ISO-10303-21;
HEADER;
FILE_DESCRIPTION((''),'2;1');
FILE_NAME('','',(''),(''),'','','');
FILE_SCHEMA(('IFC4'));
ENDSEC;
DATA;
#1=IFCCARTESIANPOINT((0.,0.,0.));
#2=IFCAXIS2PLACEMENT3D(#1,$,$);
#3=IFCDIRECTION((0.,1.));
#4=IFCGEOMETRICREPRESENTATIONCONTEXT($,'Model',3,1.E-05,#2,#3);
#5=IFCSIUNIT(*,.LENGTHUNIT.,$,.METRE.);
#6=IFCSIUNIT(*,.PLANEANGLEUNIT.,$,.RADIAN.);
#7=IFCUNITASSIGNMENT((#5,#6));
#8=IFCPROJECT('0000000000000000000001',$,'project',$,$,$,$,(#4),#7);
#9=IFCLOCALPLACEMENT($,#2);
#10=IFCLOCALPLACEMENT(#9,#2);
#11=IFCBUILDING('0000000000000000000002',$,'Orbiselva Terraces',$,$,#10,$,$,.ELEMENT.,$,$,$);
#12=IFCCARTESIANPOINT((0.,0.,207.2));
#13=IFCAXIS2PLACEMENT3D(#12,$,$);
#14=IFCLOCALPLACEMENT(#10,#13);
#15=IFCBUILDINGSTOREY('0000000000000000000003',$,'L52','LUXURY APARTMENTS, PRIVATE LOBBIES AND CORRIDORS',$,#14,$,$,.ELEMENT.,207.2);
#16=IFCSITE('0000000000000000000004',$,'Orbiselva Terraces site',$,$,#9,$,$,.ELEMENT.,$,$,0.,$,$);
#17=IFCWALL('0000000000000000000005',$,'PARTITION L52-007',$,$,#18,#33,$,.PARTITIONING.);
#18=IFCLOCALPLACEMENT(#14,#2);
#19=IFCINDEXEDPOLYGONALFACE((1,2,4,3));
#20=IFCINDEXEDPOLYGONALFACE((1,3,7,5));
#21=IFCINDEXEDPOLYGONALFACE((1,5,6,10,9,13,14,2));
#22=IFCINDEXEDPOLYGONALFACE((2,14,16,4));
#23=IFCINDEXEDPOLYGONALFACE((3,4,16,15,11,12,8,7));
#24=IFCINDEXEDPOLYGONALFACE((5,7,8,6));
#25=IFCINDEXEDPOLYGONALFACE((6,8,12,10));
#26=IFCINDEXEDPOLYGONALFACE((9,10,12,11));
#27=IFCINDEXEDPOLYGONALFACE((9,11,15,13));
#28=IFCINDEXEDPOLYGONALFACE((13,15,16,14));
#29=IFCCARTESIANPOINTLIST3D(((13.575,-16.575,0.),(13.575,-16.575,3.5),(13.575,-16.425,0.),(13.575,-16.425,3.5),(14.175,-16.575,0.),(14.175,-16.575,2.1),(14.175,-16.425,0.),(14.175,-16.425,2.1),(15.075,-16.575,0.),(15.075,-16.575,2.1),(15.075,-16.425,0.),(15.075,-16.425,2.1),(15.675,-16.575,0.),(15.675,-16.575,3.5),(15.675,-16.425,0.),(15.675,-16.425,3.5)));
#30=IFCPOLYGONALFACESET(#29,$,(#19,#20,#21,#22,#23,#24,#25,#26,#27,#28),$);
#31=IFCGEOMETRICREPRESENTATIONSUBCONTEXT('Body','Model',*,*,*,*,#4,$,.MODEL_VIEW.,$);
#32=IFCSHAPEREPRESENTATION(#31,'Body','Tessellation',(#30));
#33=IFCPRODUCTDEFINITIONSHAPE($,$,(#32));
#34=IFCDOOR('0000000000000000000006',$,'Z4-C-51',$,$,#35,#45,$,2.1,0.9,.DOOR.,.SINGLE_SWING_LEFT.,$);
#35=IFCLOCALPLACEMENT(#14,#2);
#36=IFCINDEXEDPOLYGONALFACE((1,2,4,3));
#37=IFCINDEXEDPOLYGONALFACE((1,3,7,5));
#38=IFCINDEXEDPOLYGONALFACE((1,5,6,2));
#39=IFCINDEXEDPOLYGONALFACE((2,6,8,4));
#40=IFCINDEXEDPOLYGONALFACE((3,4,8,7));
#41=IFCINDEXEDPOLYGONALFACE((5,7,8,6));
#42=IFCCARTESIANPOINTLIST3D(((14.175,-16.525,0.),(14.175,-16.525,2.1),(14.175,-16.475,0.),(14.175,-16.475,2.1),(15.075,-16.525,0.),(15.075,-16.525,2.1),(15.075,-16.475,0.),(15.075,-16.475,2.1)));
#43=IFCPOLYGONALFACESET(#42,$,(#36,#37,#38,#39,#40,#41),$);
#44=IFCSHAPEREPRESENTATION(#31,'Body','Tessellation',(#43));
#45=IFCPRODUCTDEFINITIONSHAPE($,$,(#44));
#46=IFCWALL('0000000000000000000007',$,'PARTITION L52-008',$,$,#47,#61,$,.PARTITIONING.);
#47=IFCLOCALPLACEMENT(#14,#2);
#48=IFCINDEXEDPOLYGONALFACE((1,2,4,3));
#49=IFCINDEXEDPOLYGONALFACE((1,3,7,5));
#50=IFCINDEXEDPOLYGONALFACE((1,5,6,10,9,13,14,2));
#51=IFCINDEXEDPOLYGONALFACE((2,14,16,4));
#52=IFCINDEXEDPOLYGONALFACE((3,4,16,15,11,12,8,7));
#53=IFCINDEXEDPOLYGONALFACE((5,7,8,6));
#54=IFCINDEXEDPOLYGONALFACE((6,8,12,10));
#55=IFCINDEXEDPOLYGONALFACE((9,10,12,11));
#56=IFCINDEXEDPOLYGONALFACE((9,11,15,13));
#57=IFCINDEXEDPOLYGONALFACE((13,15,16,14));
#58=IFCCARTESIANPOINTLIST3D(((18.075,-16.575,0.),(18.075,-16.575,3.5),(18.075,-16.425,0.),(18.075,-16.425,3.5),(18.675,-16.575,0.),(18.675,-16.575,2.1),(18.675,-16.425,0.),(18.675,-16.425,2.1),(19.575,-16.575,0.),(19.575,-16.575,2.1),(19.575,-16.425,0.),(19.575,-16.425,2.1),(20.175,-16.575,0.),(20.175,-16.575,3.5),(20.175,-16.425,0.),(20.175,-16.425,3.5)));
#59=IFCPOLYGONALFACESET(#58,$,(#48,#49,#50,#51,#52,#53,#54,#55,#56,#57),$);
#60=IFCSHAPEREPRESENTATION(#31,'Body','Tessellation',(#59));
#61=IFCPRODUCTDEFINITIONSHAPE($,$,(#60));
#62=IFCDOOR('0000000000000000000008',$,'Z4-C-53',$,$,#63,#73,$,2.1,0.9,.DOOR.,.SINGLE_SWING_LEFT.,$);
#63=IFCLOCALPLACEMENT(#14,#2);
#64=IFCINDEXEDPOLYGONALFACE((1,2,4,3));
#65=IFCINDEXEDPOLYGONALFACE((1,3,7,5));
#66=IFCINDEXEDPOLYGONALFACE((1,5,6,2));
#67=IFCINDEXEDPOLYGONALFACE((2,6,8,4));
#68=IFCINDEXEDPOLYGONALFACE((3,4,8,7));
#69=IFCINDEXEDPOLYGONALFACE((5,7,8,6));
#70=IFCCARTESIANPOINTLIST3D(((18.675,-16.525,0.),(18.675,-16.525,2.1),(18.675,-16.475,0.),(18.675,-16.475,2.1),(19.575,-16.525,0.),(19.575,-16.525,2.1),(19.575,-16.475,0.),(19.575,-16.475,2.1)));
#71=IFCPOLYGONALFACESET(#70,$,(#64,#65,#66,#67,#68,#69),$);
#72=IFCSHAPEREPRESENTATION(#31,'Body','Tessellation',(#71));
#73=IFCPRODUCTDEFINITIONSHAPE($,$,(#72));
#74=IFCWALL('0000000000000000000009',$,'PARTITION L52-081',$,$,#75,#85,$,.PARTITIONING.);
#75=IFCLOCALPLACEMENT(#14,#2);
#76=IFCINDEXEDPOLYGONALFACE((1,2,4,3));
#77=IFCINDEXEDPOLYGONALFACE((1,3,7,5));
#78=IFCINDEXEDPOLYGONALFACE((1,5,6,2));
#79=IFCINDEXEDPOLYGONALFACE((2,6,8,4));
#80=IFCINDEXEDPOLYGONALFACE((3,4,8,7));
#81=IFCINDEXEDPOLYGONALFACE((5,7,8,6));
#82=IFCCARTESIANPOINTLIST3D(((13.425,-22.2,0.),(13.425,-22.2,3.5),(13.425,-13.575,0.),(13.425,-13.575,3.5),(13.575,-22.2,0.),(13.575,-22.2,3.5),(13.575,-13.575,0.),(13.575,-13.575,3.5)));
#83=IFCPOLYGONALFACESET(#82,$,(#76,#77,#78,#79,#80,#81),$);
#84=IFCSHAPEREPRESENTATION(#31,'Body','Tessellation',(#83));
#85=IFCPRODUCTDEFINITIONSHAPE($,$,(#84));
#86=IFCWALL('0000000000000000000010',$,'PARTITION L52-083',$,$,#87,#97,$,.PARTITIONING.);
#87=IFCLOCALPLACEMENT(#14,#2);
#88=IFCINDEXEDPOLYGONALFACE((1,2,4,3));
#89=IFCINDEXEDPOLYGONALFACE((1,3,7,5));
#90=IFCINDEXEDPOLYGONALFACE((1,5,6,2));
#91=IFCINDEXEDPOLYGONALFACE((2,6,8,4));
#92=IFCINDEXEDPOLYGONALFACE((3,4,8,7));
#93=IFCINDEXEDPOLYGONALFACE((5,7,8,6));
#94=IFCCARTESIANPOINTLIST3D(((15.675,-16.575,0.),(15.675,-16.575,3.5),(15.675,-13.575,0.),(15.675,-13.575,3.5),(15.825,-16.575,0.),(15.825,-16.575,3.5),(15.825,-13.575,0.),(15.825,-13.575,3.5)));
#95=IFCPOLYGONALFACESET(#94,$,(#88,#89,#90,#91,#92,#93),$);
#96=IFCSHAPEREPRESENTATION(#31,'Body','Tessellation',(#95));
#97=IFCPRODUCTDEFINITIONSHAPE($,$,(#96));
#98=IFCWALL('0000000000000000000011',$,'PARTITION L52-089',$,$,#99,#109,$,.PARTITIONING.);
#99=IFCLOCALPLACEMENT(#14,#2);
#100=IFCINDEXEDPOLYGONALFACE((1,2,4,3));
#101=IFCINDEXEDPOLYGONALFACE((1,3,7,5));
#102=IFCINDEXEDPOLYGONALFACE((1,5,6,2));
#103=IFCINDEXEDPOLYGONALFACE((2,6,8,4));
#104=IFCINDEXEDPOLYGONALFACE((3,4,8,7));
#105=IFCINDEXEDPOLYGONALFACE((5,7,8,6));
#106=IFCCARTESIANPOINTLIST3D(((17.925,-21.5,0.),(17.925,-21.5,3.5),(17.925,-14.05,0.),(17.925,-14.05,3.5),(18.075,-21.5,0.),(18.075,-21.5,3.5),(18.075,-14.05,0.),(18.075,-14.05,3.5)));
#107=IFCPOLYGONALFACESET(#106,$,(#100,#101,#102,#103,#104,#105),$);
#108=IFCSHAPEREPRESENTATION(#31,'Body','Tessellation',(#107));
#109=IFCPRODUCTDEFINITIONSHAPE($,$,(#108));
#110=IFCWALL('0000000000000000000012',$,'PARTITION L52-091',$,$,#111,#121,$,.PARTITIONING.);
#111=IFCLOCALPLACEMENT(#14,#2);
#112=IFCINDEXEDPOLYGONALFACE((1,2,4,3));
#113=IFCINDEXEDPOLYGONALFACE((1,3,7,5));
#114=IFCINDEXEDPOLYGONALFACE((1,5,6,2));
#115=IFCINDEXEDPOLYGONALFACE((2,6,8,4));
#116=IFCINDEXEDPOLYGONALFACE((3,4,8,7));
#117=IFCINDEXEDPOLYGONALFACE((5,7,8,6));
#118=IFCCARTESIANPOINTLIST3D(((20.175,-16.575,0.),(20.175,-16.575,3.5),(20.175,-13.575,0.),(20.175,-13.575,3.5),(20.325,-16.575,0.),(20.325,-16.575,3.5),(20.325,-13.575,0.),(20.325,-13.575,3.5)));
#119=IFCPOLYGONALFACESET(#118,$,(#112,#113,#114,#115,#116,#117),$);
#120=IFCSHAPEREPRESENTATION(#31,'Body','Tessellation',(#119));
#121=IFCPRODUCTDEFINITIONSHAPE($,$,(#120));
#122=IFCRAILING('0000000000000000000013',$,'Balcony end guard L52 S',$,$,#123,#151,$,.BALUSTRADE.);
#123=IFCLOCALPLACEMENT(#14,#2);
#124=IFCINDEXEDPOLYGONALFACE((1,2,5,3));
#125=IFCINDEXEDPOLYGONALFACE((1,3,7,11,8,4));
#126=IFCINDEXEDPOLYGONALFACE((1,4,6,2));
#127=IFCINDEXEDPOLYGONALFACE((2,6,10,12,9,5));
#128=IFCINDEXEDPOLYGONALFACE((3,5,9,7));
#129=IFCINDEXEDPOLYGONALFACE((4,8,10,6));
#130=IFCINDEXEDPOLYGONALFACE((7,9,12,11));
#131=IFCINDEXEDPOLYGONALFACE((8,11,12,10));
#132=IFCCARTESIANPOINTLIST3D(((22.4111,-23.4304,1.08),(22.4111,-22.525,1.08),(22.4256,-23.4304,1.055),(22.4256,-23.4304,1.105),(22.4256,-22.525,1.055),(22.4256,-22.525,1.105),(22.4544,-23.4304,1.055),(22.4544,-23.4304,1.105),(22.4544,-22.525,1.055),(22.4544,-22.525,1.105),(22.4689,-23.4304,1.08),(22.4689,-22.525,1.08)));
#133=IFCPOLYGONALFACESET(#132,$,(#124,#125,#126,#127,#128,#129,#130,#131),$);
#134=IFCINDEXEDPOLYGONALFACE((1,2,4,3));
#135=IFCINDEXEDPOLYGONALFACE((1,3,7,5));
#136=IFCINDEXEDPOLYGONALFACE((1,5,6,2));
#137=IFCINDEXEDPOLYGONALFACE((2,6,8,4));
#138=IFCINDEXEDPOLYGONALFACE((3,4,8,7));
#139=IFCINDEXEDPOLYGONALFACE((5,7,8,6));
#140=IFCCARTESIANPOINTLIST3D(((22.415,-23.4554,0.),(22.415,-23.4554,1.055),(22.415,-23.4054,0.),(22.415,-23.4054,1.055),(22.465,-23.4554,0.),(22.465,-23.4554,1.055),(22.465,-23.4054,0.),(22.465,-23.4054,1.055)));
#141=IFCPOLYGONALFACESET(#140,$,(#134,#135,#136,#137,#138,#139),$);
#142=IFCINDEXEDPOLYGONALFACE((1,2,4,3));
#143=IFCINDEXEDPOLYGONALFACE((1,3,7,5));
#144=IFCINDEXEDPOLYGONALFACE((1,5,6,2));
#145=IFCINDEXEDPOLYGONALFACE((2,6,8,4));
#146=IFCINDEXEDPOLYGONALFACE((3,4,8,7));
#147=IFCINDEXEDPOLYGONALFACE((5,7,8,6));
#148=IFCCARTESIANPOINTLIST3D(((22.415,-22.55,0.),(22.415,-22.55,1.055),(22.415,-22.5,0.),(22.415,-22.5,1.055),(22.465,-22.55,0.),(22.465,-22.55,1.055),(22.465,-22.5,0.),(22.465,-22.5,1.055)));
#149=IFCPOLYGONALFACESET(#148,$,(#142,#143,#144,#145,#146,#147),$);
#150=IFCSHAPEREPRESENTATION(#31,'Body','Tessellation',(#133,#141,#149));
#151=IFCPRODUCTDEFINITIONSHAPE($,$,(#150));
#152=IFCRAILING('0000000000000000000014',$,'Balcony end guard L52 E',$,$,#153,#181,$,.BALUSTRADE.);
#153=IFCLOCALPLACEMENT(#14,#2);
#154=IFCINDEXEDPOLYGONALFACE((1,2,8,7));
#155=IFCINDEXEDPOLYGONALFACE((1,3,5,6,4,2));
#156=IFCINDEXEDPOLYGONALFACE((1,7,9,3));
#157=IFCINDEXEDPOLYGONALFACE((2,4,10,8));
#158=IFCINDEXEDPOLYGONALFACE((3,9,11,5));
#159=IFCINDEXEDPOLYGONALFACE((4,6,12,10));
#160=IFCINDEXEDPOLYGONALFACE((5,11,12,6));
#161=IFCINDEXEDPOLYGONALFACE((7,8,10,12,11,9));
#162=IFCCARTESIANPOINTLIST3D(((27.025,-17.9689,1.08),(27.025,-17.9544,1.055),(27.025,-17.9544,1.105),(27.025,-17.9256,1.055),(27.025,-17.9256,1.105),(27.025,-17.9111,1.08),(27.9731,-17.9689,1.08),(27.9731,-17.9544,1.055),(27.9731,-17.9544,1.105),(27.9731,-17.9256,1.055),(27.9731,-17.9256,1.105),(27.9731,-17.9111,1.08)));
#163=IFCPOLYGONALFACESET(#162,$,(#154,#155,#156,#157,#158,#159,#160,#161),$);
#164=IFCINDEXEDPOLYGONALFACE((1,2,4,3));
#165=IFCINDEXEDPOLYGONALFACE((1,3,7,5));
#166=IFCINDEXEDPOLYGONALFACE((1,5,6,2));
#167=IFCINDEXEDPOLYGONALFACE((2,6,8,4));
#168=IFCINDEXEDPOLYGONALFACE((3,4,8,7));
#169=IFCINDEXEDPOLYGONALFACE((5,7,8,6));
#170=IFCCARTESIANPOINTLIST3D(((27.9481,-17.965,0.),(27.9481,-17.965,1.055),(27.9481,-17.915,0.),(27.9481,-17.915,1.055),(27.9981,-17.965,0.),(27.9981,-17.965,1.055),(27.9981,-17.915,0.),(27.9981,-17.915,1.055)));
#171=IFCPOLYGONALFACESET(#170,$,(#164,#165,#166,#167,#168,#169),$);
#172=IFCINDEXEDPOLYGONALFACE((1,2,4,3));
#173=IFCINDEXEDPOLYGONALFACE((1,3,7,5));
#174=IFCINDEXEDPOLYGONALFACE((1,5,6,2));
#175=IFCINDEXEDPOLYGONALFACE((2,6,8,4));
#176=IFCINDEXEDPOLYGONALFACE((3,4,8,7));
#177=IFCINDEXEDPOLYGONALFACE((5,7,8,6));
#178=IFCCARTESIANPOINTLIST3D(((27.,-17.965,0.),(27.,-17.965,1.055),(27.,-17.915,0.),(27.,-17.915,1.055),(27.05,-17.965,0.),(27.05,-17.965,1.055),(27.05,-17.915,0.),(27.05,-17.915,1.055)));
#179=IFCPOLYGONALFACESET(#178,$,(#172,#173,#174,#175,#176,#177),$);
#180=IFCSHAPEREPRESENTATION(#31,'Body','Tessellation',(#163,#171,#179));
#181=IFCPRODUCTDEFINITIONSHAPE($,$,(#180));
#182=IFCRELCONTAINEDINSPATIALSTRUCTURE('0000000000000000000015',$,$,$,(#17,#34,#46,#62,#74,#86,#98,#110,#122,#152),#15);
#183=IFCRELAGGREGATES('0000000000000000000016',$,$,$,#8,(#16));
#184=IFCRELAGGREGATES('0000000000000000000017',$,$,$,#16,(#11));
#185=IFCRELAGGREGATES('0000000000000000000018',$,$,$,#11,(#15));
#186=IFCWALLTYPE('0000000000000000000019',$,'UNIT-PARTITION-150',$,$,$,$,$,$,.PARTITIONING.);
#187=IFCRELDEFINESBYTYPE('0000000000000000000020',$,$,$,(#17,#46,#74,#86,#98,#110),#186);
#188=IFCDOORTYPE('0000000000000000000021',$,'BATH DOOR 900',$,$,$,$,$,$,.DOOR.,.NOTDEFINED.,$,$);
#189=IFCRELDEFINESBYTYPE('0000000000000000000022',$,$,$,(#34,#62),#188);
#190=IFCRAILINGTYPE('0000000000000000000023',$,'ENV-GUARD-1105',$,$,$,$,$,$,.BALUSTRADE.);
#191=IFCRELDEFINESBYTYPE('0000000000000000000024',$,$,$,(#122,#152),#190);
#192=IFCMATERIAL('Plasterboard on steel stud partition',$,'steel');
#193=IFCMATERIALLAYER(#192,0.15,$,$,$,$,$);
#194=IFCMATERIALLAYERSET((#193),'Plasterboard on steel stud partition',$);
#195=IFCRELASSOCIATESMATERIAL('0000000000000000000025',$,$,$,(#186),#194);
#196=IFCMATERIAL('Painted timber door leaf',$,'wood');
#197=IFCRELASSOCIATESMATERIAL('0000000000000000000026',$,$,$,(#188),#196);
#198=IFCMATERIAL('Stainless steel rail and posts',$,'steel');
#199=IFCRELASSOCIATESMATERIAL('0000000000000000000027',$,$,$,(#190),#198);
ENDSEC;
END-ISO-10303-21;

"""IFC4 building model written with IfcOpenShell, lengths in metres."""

from ifc_helpers import new_model, si_unit, direction, frame, frame_2d, origin, origin_2d, place, context, subcontext, project, spatial, polyline, rectangle, outline, extrude, material, layer, layer_set, type_object, element, fill, save


model = new_model("IFC4")

# Units and contexts
model_context = context("Model", 3, precision=1e-05, world=origin(), true_north=direction((0.0, 1.0)))
body_context = subcontext(model_context, "Body", "Model", "MODEL_VIEW")
ifc_project = project(units=[si_unit("LENGTHUNIT", "METRE"), si_unit("PLANEANGLEUNIT", "RADIAN")], contexts=[model_context])

# Site, building, storey
site_placement = place(None, origin())
site = spatial("IfcSite", under=ifc_project, at=site_placement, Name="Orbiselva Terraces site", CompositionType="ELEMENT", RefElevation=0.0)
building_placement = place(site_placement, origin())
building = spatial("IfcBuilding", under=site, at=building_placement, Name="Orbiselva Terraces", CompositionType="ELEMENT")
storey_placement = place(building_placement, frame((0.0, 0.0, 207.2)))
storey = spatial("IfcBuildingStorey", under=building, at=storey_placement, Name="L52", Description="LUXURY APARTMENTS, PRIVATE LOBBIES AND CORRIDORS", CompositionType="ELEMENT", Elevation=207.2)

# Walls, openings, doors
ifc_material_1 = material(Name="Plasterboard on steel stud partition", Category="steel")
ifc_layer_1 = layer(ifc_material_1, 0.15)
ifc_layer_set_1 = layer_set([ifc_layer_1], Name="Plasterboard on steel stud partition")
wall_type_1 = type_object("IfcWallType", Name="UNIT-PARTITION-150", PredefinedType="PARTITIONING", material=ifc_layer_set_1)
wall_1_placement = place(storey_placement, frame((13.575, -16.5, 0.0), z_axis=(0.0, 0.0, 1.0), x_axis=(1.0, 0.0, 0.0)))
wall_1 = element("IfcWall", 1, at=wall_1_placement, inside=storey, type_object=wall_type_1, Name="PARTITION L52-007", PredefinedType="PARTITIONING", context=body_context, shape_type="SweptSolid", body=[
    extrude(rectangle(XDim=2.1, YDim=0.15, at=frame_2d((1.05, 0.0))), origin(), (0.0, 0.0, 1.0), 3.5),
])
opening_1_placement = place(wall_1_placement, frame((0.6, 0.0, 0.0)))
opening_1 = element("IfcOpeningElement", 2, at=opening_1_placement, cuts=wall_1, PredefinedType="OPENING", context=body_context, shape_type="SweptSolid", body=[
    extrude(rectangle(XDim=0.9, YDim=2.1, at=frame_2d((0.45, 1.05))), frame((0.0, 0.085, 0.0), z_axis=(0.0, -1.0, 0.0), x_axis=(1.0, 0.0, 0.0)), (0.0, 0.0, 1.0), 0.17),
])
ifc_material_2 = material(Name="Painted timber door leaf", Category="wood")
door_type_1 = type_object("IfcDoorType", Name="BATH DOOR 900", OperationType="NOTDEFINED", PredefinedType="DOOR", material=ifc_material_2)
door_1_placement = place(opening_1_placement, origin())
door_1 = element("IfcDoor", 3, at=door_1_placement, inside=storey, type_object=door_type_1, Name="Z4-C-51", OperationType="SINGLE_SWING_LEFT", OverallHeight=2.1, OverallWidth=0.9, PredefinedType="DOOR", context=body_context, shape_type="SweptSolid", body=[
    extrude(rectangle(XDim=0.9, YDim=2.1, at=frame_2d((0.45, 1.05))), frame((0.0, 0.025, 0.0), z_axis=(0.0, -1.0, 0.0), x_axis=(1.0, 0.0, 0.0)), (0.0, 0.0, 1.0), 0.05),
])
fill(opening_1, door_1)
wall_2_placement = place(storey_placement, frame((18.075, -16.5, 0.0), z_axis=(0.0, 0.0, 1.0), x_axis=(1.0, 0.0, 0.0)))
wall_2 = element("IfcWall", 4, at=wall_2_placement, inside=storey, type_object=wall_type_1, Name="PARTITION L52-008", PredefinedType="PARTITIONING", context=body_context, shape_type="SweptSolid", body=[
    extrude(rectangle(XDim=2.1, YDim=0.15, at=frame_2d((1.05, 0.0))), origin(), (0.0, 0.0, 1.0), 3.5),
])
opening_2_placement = place(wall_2_placement, frame((0.6, 0.0, 0.0)))
opening_2 = element("IfcOpeningElement", 5, at=opening_2_placement, cuts=wall_2, PredefinedType="OPENING", context=body_context, shape_type="SweptSolid", body=[
    extrude(rectangle(XDim=0.9, YDim=2.1, at=frame_2d((0.45, 1.05))), frame((0.0, 0.085, 0.0), z_axis=(0.0, -1.0, 0.0), x_axis=(1.0, 0.0, 0.0)), (0.0, 0.0, 1.0), 0.17),
])
door_2_placement = place(opening_2_placement, origin())
door_2 = element("IfcDoor", 6, at=door_2_placement, inside=storey, type_object=door_type_1, Name="Z4-C-53", OperationType="SINGLE_SWING_LEFT", OverallHeight=2.1, OverallWidth=0.9, PredefinedType="DOOR", context=body_context, shape_type="SweptSolid", body=[
    extrude(rectangle(XDim=0.9, YDim=2.1, at=frame_2d((0.45, 1.05))), frame((0.0, 0.025, 0.0), z_axis=(0.0, -1.0, 0.0), x_axis=(1.0, 0.0, 0.0)), (0.0, 0.0, 1.0), 0.05),
])
fill(opening_2, door_2)

# Walls
wall_3_placement = place(storey_placement, frame((13.5, -22.2, 0.0), z_axis=(0.0, 0.0, 1.0), x_axis=(0.0, 1.0, 0.0)))
element("IfcWall", 7, at=wall_3_placement, inside=storey, type_object=wall_type_1, Name="PARTITION L52-081", PredefinedType="PARTITIONING", context=body_context, shape_type="SweptSolid", body=[
    extrude(rectangle(XDim=8.625, YDim=0.15, at=frame_2d((4.3125, 0.0))), origin(), (0.0, 0.0, 1.0), 3.5),
])
wall_4_placement = place(storey_placement, frame((15.75, -16.575, 0.0), z_axis=(0.0, 0.0, 1.0), x_axis=(0.0, 1.0, 0.0)))
element("IfcWall", 8, at=wall_4_placement, inside=storey, type_object=wall_type_1, Name="PARTITION L52-083", PredefinedType="PARTITIONING", context=body_context, shape_type="SweptSolid", body=[
    extrude(rectangle(XDim=3.0, YDim=0.15, at=frame_2d((1.5, 0.0))), origin(), (0.0, 0.0, 1.0), 3.5),
])
wall_5_placement = place(storey_placement, frame((18.0, -21.5, 0.0), z_axis=(0.0, 0.0, 1.0), x_axis=(0.0, 1.0, 0.0)))
element("IfcWall", 9, at=wall_5_placement, inside=storey, type_object=wall_type_1, Name="PARTITION L52-089", PredefinedType="PARTITIONING", context=body_context, shape_type="SweptSolid", body=[
    extrude(rectangle(XDim=7.45, YDim=0.15, at=frame_2d((3.725, 0.0))), origin(), (0.0, 0.0, 1.0), 3.5),
])
wall_6_placement = place(storey_placement, frame((20.25, -16.575, 0.0), z_axis=(0.0, 0.0, 1.0), x_axis=(0.0, 1.0, 0.0)))
element("IfcWall", 10, at=wall_6_placement, inside=storey, type_object=wall_type_1, Name="PARTITION L52-091", PredefinedType="PARTITIONING", context=body_context, shape_type="SweptSolid", body=[
    extrude(rectangle(XDim=3.0, YDim=0.15, at=frame_2d((1.5, 0.0))), origin(), (0.0, 0.0, 1.0), 3.5),
])

# Railings
ifc_material_3 = material(Name="Stainless steel rail and posts", Category="steel")
railing_type_1 = type_object("IfcRailingType", Name="ENV-GUARD-1105", PredefinedType="BALUSTRADE", material=ifc_material_3)
railing_1_placement = place(storey_placement, frame((22.44, -23.4304, 0.0)))
element("IfcRailing", 11, at=railing_1_placement, inside=storey, type_object=railing_type_1, Name="Balcony end guard L52 S", PredefinedType="BALUSTRADE", context=body_context, shape_type="SweptSolid", body=[
    extrude(outline(polyline([(0.0289, 0.0), (0.0144, 0.025), (-0.0144, 0.025), (-0.0289, 0.0), (-0.0144, -0.025), (0.0144, -0.025), (0.0289, 0.0)])), frame((0.0, 0.0, 1.08), z_axis=(0.0, 1.0, 0.0), x_axis=(-1.0, 0.0, 0.0)), (0.0, 0.0, 1.0), 0.9054),
    extrude(rectangle(XDim=0.05, YDim=0.05, at=origin_2d()), origin(), (0.0, 0.0, 1.0), 1.055),
    extrude(rectangle(XDim=0.05, YDim=0.05, at=origin_2d()), frame((0.0, 0.9054, 0.0)), (0.0, 0.0, 1.0), 1.055),
])
railing_2_placement = place(storey_placement, frame((27.9731, -17.94, 0.0)))
element("IfcRailing", 12, at=railing_2_placement, inside=storey, type_object=railing_type_1, Name="Balcony end guard L52 E", PredefinedType="BALUSTRADE", context=body_context, shape_type="SweptSolid", body=[
    extrude(outline(polyline([(0.0289, 0.0), (0.0144, 0.025), (-0.0144, 0.025), (-0.0289, 0.0), (-0.0144, -0.025), (0.0144, -0.025), (0.0289, 0.0)])), frame((0.0, 0.0, 1.08), z_axis=(-1.0, 0.0, 0.0), x_axis=(0.0, -1.0, 0.0)), (0.0, 0.0, 1.0), 0.9481),
    extrude(rectangle(XDim=0.05, YDim=0.05, at=origin_2d()), origin(), (0.0, 0.0, 1.0), 1.055),
    extrude(rectangle(XDim=0.05, YDim=0.05, at=origin_2d()), frame((-0.9481, 0.0, 0.0)), (0.0, 0.0, 1.0), 1.055),
])

save(model, "model.ifc")
